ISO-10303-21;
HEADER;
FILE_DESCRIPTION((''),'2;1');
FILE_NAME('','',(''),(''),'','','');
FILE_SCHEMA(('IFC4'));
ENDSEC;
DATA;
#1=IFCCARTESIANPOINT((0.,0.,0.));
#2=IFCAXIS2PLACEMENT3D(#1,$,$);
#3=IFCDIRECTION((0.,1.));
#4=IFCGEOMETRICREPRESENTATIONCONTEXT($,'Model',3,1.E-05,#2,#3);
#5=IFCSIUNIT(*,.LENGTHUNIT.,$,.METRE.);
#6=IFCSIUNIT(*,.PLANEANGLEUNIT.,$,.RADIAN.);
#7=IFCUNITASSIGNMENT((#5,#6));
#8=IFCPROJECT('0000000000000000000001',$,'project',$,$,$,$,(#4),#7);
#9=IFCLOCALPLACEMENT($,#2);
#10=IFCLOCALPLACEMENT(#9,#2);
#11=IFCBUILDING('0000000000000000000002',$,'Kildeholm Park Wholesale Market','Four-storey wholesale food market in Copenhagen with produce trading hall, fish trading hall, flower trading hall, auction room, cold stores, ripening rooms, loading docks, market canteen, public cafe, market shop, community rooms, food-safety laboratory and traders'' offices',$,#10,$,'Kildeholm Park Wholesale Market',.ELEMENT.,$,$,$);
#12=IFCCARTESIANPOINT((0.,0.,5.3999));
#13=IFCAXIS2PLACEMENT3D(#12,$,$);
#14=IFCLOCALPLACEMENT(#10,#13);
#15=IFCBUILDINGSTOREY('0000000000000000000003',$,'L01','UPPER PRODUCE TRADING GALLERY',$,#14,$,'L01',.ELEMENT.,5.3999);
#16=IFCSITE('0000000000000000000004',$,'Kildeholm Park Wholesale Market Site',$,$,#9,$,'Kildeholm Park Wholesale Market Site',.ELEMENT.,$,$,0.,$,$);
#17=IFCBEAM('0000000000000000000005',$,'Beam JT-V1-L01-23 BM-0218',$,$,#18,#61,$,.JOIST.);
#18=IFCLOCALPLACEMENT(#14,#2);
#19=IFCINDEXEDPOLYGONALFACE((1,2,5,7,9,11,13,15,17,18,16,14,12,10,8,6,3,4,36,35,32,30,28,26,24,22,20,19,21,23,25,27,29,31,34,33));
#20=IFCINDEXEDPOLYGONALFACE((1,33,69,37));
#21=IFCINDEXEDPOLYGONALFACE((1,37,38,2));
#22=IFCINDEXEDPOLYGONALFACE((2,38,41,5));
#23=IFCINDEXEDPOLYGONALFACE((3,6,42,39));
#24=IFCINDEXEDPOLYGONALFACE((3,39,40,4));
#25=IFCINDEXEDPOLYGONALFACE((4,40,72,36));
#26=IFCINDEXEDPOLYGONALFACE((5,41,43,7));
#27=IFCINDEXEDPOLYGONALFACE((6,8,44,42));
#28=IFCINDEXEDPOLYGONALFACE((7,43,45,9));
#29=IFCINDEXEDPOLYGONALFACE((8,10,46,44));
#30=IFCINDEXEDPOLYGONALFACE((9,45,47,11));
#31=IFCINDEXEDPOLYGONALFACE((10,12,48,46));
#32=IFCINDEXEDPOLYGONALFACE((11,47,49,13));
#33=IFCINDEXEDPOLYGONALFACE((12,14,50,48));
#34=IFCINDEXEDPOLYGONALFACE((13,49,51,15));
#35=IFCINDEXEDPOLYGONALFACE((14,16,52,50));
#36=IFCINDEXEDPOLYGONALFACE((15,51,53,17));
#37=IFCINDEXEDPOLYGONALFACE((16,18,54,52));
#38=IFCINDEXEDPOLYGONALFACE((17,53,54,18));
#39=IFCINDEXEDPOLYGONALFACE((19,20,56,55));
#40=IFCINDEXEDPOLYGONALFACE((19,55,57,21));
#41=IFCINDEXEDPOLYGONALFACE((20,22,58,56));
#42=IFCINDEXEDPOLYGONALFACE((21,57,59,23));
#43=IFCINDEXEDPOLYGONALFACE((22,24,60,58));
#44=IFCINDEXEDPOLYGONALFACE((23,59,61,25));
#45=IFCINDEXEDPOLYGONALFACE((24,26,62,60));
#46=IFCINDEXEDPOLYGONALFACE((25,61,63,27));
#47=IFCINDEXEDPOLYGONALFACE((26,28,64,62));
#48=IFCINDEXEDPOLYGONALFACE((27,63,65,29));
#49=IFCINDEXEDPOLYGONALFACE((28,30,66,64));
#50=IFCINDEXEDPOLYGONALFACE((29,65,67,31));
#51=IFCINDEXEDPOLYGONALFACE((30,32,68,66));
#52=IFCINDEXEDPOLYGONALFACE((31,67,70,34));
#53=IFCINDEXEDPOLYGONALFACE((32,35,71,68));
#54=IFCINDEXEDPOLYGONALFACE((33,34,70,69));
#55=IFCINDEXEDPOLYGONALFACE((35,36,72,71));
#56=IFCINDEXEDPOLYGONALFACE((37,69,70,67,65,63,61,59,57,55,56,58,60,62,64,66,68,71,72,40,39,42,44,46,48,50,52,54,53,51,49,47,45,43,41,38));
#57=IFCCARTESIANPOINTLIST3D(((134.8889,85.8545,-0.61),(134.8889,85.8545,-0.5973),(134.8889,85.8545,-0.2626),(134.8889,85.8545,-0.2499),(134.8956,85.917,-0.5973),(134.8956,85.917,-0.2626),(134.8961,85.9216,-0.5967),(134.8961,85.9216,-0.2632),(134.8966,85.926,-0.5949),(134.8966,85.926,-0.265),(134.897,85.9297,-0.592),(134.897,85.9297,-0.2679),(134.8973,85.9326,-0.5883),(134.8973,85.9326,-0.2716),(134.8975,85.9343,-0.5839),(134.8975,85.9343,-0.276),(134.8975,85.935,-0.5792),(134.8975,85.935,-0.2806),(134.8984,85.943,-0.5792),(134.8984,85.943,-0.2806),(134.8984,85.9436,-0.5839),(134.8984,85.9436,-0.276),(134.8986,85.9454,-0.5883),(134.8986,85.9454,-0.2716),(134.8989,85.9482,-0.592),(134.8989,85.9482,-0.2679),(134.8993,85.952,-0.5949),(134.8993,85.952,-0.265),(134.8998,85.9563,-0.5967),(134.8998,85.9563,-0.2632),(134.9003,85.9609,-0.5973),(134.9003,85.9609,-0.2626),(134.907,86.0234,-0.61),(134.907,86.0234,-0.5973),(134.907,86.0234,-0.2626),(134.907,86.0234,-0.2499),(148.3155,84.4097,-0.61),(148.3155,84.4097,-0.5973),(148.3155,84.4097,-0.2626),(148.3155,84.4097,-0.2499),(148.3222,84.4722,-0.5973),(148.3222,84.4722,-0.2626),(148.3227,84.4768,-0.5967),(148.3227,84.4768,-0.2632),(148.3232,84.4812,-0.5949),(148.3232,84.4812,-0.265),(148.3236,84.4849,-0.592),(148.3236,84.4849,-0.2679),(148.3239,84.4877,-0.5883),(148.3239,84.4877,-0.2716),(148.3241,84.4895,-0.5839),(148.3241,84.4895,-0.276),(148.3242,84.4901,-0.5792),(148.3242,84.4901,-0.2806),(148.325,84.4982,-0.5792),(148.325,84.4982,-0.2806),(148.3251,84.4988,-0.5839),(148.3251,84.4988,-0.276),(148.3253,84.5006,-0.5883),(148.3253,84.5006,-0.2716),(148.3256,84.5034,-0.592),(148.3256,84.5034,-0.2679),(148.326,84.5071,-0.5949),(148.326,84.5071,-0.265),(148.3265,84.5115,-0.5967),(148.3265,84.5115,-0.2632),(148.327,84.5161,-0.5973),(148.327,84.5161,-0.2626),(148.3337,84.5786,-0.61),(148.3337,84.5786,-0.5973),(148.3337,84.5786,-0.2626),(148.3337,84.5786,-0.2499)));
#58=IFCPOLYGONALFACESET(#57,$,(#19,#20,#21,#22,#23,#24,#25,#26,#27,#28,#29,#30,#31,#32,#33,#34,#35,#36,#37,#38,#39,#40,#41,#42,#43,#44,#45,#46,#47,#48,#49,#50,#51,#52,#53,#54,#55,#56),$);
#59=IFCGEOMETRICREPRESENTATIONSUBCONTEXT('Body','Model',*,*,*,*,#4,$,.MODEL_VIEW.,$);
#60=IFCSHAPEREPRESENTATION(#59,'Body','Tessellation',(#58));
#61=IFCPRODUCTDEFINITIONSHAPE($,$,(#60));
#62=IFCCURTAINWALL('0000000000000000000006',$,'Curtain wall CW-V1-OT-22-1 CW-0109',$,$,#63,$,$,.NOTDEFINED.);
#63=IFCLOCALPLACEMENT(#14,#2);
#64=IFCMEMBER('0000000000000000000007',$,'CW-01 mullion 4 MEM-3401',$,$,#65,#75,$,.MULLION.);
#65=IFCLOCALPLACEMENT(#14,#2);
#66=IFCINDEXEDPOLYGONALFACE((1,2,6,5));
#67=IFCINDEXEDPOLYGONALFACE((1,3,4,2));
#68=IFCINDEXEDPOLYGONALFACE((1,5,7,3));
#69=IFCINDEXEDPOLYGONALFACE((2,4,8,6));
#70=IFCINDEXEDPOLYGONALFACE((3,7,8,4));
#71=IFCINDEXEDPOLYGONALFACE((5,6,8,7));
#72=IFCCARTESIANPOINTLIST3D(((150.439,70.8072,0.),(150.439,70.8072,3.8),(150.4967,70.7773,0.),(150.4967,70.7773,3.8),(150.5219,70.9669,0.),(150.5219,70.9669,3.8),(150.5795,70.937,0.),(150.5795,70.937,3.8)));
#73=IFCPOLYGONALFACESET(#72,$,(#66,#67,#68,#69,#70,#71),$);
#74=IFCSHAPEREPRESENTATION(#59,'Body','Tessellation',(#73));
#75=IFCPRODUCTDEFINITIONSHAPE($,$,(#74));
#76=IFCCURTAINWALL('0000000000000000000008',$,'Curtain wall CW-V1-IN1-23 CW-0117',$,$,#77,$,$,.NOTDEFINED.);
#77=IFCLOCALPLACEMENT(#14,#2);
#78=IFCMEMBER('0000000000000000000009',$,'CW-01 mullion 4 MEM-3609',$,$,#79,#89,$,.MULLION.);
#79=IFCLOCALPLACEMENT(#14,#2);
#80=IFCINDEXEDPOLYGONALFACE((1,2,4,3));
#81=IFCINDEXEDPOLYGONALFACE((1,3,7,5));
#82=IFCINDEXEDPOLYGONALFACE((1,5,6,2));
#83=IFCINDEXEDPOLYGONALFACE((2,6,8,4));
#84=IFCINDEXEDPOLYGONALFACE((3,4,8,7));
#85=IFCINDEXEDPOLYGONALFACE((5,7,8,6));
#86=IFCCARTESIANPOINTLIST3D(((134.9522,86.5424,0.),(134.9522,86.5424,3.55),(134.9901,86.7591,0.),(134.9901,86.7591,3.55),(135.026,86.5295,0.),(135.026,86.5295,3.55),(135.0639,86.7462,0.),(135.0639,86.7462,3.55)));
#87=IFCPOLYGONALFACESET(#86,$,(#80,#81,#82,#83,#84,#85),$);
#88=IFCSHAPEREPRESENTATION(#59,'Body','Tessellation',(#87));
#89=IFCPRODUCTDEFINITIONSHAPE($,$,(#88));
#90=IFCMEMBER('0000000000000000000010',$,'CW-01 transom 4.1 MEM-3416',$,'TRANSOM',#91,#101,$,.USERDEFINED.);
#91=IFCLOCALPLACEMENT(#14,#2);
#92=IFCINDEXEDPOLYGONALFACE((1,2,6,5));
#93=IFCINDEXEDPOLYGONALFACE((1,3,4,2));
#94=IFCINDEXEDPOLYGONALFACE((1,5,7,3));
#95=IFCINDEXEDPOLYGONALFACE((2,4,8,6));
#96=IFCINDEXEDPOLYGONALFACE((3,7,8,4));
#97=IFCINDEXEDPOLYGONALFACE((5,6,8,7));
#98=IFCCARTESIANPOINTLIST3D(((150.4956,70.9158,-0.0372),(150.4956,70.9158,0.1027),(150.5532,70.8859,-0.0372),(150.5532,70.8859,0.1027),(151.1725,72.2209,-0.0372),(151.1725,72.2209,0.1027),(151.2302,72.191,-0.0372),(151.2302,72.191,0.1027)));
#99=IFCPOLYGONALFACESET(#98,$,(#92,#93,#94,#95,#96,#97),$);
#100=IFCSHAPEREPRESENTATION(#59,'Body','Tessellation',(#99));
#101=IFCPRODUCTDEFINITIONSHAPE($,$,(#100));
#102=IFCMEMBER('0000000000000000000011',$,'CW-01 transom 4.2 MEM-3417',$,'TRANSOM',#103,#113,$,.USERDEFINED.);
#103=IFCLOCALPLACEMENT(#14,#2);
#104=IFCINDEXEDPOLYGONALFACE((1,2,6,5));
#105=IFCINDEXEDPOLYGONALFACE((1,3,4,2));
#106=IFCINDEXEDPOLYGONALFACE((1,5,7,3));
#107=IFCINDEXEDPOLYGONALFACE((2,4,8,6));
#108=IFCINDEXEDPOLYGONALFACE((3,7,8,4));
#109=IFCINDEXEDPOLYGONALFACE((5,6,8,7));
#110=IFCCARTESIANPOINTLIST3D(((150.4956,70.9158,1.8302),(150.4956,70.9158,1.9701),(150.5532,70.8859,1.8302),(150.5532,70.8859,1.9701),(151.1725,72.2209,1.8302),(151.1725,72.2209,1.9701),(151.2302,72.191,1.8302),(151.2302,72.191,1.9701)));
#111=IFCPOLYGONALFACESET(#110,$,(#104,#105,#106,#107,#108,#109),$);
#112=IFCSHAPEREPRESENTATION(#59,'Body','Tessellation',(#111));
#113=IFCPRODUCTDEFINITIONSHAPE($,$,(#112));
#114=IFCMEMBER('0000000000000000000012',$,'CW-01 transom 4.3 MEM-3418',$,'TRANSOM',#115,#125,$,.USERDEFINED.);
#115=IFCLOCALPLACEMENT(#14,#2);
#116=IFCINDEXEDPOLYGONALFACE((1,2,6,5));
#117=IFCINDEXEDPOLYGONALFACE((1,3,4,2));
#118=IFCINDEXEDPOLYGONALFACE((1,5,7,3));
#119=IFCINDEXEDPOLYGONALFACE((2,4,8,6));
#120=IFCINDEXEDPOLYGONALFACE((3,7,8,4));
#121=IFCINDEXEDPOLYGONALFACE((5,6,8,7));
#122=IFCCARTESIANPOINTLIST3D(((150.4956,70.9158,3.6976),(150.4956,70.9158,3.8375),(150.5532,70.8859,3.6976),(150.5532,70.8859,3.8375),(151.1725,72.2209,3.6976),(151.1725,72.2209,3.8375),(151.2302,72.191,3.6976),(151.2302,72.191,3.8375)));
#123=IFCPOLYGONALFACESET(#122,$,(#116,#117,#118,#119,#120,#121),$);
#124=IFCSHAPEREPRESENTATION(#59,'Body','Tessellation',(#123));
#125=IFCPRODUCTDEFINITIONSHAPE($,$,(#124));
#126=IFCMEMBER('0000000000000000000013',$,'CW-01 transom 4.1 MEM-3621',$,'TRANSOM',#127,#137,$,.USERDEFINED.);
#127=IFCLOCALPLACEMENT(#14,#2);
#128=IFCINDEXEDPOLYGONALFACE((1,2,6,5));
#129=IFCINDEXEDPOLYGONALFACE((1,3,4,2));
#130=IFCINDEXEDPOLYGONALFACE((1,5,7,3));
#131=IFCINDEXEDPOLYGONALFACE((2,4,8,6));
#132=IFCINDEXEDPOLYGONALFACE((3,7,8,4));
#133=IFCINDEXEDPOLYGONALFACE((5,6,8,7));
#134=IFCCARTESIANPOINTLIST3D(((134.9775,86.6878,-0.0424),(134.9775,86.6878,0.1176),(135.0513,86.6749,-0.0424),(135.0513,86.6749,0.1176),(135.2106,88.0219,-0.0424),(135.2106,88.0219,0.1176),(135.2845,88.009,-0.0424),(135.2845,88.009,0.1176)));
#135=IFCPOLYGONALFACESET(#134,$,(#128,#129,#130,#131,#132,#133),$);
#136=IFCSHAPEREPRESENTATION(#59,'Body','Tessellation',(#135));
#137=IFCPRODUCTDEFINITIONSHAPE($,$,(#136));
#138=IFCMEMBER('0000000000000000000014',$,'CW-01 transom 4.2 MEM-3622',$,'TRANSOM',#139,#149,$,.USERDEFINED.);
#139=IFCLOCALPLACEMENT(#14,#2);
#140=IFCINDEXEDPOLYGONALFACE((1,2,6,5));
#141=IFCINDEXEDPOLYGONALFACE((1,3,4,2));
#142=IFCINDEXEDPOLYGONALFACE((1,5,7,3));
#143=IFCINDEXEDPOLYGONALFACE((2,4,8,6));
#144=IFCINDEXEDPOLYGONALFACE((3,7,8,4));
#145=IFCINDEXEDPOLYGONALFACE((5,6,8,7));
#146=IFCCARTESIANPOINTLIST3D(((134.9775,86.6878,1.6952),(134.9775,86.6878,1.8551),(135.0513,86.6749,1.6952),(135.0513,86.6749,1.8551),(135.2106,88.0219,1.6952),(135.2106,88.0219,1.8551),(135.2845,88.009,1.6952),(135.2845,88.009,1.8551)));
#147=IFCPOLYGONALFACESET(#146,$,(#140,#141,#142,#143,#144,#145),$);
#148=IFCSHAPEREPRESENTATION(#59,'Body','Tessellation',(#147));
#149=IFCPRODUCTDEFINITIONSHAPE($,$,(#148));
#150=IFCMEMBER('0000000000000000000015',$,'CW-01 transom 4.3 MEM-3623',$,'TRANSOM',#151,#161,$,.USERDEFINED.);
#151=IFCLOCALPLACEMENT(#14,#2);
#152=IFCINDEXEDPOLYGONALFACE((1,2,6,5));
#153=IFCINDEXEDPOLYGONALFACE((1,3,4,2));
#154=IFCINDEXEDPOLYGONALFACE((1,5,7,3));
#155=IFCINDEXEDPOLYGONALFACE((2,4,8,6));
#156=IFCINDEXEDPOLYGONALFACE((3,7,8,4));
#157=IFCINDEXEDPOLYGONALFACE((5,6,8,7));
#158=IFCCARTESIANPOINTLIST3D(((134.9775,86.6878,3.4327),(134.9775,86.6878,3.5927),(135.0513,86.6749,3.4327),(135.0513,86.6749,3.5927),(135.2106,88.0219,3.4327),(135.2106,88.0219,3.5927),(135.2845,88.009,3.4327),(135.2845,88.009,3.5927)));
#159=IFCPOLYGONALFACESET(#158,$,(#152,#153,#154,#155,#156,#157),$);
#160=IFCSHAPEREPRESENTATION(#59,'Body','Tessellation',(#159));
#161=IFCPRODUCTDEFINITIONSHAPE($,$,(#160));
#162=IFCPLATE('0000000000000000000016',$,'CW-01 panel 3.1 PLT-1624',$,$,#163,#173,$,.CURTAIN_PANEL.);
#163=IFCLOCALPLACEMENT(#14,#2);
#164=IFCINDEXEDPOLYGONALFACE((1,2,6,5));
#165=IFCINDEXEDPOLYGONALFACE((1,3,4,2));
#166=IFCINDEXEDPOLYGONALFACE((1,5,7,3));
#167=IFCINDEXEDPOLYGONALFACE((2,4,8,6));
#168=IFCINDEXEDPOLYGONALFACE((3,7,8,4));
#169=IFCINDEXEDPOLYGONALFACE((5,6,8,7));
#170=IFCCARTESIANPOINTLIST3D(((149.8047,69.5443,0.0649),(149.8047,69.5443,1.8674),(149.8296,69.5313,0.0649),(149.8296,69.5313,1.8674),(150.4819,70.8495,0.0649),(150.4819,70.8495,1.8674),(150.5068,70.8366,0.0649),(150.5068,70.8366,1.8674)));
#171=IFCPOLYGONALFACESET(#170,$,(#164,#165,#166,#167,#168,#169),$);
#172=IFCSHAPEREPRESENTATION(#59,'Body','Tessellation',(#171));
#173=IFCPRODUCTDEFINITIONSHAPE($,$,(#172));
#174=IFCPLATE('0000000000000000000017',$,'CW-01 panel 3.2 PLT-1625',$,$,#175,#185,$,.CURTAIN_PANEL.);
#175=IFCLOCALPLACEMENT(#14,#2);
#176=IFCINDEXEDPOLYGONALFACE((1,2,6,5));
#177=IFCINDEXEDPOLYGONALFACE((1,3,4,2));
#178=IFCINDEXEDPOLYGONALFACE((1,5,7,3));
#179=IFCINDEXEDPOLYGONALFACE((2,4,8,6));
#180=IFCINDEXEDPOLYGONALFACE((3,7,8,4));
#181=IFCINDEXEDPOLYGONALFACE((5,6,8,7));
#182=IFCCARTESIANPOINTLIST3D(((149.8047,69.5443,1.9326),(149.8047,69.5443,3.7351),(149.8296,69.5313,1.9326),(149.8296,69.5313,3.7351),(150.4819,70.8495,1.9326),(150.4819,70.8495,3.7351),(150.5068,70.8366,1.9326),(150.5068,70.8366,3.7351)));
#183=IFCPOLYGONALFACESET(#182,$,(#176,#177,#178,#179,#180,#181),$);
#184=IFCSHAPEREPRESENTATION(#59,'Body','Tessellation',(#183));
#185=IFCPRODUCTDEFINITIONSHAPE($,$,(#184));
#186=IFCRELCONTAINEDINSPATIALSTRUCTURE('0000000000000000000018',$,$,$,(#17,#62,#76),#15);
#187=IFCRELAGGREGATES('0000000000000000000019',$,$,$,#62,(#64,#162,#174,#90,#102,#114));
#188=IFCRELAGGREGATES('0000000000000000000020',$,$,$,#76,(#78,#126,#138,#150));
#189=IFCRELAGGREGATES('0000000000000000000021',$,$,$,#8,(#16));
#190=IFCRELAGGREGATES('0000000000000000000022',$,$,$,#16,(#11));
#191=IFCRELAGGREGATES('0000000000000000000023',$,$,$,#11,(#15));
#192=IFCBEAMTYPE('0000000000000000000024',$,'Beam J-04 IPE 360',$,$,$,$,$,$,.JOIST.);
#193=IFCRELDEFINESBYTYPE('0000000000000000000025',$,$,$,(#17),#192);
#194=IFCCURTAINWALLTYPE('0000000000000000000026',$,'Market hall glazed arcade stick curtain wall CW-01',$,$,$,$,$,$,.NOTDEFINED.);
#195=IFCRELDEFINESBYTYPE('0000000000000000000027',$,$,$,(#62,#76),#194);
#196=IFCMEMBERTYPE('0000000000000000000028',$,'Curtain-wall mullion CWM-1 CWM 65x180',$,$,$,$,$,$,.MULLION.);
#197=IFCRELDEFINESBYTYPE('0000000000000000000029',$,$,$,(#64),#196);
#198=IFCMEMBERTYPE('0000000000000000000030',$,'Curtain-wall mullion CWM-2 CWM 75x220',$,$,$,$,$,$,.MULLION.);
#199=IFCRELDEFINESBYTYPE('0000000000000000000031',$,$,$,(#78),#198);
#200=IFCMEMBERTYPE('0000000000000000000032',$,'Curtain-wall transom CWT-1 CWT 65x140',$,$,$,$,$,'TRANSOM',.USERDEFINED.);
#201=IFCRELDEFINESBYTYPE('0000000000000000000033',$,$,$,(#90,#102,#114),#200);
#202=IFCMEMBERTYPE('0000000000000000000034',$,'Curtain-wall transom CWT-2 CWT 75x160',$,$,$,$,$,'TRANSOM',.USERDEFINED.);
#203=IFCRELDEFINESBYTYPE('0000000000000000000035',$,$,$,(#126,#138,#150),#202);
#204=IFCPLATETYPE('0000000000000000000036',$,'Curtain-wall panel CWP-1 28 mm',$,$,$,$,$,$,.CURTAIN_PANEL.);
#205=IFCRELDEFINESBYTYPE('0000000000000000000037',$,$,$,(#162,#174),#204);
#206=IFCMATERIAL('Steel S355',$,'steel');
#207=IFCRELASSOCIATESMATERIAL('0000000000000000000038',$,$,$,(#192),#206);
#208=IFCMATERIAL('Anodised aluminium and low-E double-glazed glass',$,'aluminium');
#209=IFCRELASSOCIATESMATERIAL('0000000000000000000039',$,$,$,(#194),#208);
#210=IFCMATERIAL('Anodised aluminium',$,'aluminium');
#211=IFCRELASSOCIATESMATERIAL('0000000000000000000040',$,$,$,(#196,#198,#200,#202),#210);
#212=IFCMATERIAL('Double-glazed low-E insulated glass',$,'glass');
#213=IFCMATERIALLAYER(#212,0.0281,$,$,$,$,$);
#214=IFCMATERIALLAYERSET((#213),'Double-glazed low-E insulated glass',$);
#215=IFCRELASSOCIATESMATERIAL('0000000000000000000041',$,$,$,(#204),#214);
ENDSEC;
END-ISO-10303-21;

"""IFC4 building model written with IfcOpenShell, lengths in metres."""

from ifc_helpers import new_model, si_unit, direction, frame, origin, origin_2d, place, context, subcontext, project, spatial, rectangle, i_section, extrude, material, layer, layer_set, material_profile, profile_set, type_object, element, aggregate, save


model = new_model("IFC4")

# Units and contexts
model_context = context("Model", 3, precision=1e-05, world=origin(), true_north=direction((0.0, 1.0)))
body_context = subcontext(model_context, "Body", "Model", "MODEL_VIEW")
ifc_project = project(units=[si_unit("LENGTHUNIT", "METRE"), si_unit("PLANEANGLEUNIT", "RADIAN")], contexts=[model_context])

# Site, building, storey
site_placement = place(None, origin())
site = spatial("IfcSite", under=ifc_project, at=site_placement, Name="Kildeholm Park Wholesale Market Site", LongName="Kildeholm Park Wholesale Market Site", CompositionType="ELEMENT", RefElevation=0.0)
building_placement = place(site_placement, origin())
building = spatial("IfcBuilding", under=site, at=building_placement, Name="Kildeholm Park Wholesale Market", Description="Four-storey wholesale food market in Copenhagen with produce trading hall, fish trading hall, flower trading hall, auction room, cold stores, ripening rooms, loading docks, market canteen, public cafe, market shop, community rooms, food-safety laboratory and traders' offices", LongName="Kildeholm Park Wholesale Market", CompositionType="ELEMENT")
storey_placement = place(building_placement, frame((0.0, 0.0, 5.3999)))
storey = spatial("IfcBuildingStorey", under=building, at=storey_placement, Name="L01", Description="UPPER PRODUCE TRADING GALLERY", LongName="L01", CompositionType="ELEMENT", Elevation=5.3999)

# Shared definitions
ifc_material_1 = material(Name="Steel S355", Category="steel")

# Beam
ifc_material_profile_1 = material_profile(ifc_material_1, i_section(OverallWidth=0.1699, OverallDepth=0.3601, WebThickness=0.0081, FlangeThickness=0.0127, FilletRadius=0.0181, at=origin_2d()), Name="IPE 360")
ifc_profile_set_1 = profile_set([ifc_material_profile_1], Name="Steel S355")
beam_type_1 = type_object("IfcBeamType", Name="Beam J-04 IPE 360", PredefinedType="JOIST", material=ifc_profile_set_1)
beam_1_placement = place(storey_placement, frame((134.8979, 85.939, -0.4299), z_axis=(0.99426, -0.10699, 0.0), x_axis=(0.10699, 0.99426, 0.0)))
element("IfcBeam", 1, at=beam_1_placement, inside=storey, type_object=beam_type_1, Name="Beam JT-V1-L01-23 BM-0218", PredefinedType="JOIST", context=body_context, shape_type="SweptSolid", body=[
    extrude(i_section(OverallWidth=0.1699, OverallDepth=0.3601, WebThickness=0.0081, FlangeThickness=0.0127, FilletRadius=0.0181, at=origin_2d()), origin(), (0.0, 0.0, 1.0), 13.5042),
])

# Curtain walls, members
ifc_material_2 = material(Name="Anodised aluminium and low-E double-glazed glass", Category="aluminium")
curtain_wall_type = type_object("IfcCurtainWallType", Name="Market hall glazed arcade stick curtain wall CW-01", PredefinedType="NOTDEFINED", material=ifc_material_2)
curtain_wall_1_placement = place(storey_placement, origin())
curtain_wall_1 = element("IfcCurtainWall", 2, at=curtain_wall_1_placement, inside=storey, type_object=curtain_wall_type, Name="Curtain wall CW-V1-OT-22-1 CW-0109", PredefinedType="NOTDEFINED")
ifc_material_3 = material(Name="Anodised aluminium", Category="aluminium")
ifc_material_profile_2 = material_profile(ifc_material_3, rectangle(XDim=0.0649, YDim=0.1799, at=origin_2d()), Name="CWM 65x180")
ifc_profile_set_2 = profile_set([ifc_material_profile_2], Name="Anodised aluminium")
member_type_1 = type_object("IfcMemberType", Name="Curtain-wall mullion CWM-1 CWM 65x180", PredefinedType="MULLION", material=ifc_profile_set_2)
member_1_placement = place(storey_placement, frame((150.5093, 70.8721, 0.0), z_axis=(0.0, 0.0, 1.0), x_axis=(-0.887652, 0.460514, 0.0)))
member_1 = element("IfcMember", 3, at=member_1_placement, type_object=member_type_1, Name="CW-01 mullion 4 MEM-3401", PredefinedType="MULLION", context=body_context, shape_type="SweptSolid", body=[
    extrude(rectangle(XDim=0.0649, YDim=0.1799, at=origin_2d()), origin(), (0.0, 0.0, 1.0), 3.8),
])
curtain_wall_2_placement = place(storey_placement, origin())
curtain_wall_2 = element("IfcCurtainWall", 4, at=curtain_wall_2_placement, inside=storey, type_object=curtain_wall_type, Name="Curtain wall CW-V1-IN1-23 CW-0117", PredefinedType="NOTDEFINED")
ifc_material_profile_3 = material_profile(ifc_material_3, rectangle(XDim=0.075, YDim=0.22, at=origin_2d()), Name="CWM 75x220")
ifc_profile_set_3 = profile_set([ifc_material_profile_3], Name="Anodised aluminium")
member_type_2 = type_object("IfcMemberType", Name="Curtain-wall mullion CWM-2 CWM 75x220", PredefinedType="MULLION", material=ifc_profile_set_3)
member_2_placement = place(storey_placement, frame((135.0081, 86.6443, 0.0), z_axis=(0.0, 0.0, 1.0), x_axis=(-0.985074, 0.172133, 0.0)))
member_2 = element("IfcMember", 5, at=member_2_placement, type_object=member_type_2, Name="CW-01 mullion 4 MEM-3609", PredefinedType="MULLION", context=body_context, shape_type="SweptSolid", body=[
    extrude(rectangle(XDim=0.075, YDim=0.22, at=origin_2d()), origin(), (0.0, 0.0, 1.0), 3.55),
])

# Members
ifc_material_profile_4 = material_profile(ifc_material_3, rectangle(XDim=0.0649, YDim=0.1399, at=origin_2d()), Name="CWT 65x140")
ifc_profile_set_4 = profile_set([ifc_material_profile_4], Name="Anodised aluminium")
member_type_3 = type_object("IfcMemberType", Name="Curtain-wall transom CWT-1 CWT 65x140", ElementType="TRANSOM", PredefinedType="USERDEFINED", material=ifc_profile_set_4)
member_3_placement = place(storey_placement, frame((150.5244, 70.9009, 0.0327), z_axis=(0.460448, 0.887687, 0.0), x_axis=(-0.887687, 0.460448, 0.0)))
member_3 = element("IfcMember", 6, at=member_3_placement, type_object=member_type_3, Name="CW-01 transom 4.1 MEM-3416", ObjectType="TRANSOM", PredefinedType="USERDEFINED", context=body_context, shape_type="SweptSolid", body=[
    extrude(rectangle(XDim=0.0649, YDim=0.1399, at=origin_2d()), origin(), (0.0, 0.0, 1.0), 1.4702),
])
member_4_placement = place(storey_placement, frame((150.5244, 70.9009, 1.9001), z_axis=(0.460448, 0.887687, 0.0), x_axis=(-0.887687, 0.460448, 0.0)))
member_4 = element("IfcMember", 7, at=member_4_placement, type_object=member_type_3, Name="CW-01 transom 4.2 MEM-3417", ObjectType="TRANSOM", PredefinedType="USERDEFINED", context=body_context, shape_type="SweptSolid", body=[
    extrude(rectangle(XDim=0.0649, YDim=0.1399, at=origin_2d()), origin(), (0.0, 0.0, 1.0), 1.4702),
])
member_5_placement = place(storey_placement, frame((150.5244, 70.9009, 3.7676), z_axis=(0.460448, 0.887687, 0.0), x_axis=(-0.887687, 0.460448, 0.0)))
member_5 = element("IfcMember", 8, at=member_5_placement, type_object=member_type_3, Name="CW-01 transom 4.3 MEM-3418", ObjectType="TRANSOM", PredefinedType="USERDEFINED", context=body_context, shape_type="SweptSolid", body=[
    extrude(rectangle(XDim=0.0649, YDim=0.1399, at=origin_2d()), origin(), (0.0, 0.0, 1.0), 1.4702),
])
ifc_material_profile_5 = material_profile(ifc_material_3, rectangle(XDim=0.075, YDim=0.1599, at=origin_2d()), Name="CWT 75x160")
ifc_profile_set_5 = profile_set([ifc_material_profile_5], Name="Anodised aluminium")
member_type_4 = type_object("IfcMemberType", Name="Curtain-wall transom CWT-2 CWT 75x160", ElementType="TRANSOM", PredefinedType="USERDEFINED", material=ifc_profile_set_5)
member_6_placement = place(storey_placement, frame((135.0144, 86.6814, 0.0376), z_axis=(0.17217, 0.985067, 0.0), x_axis=(-0.985067, 0.17217, 0.0)))
member_6 = element("IfcMember", 9, at=member_6_placement, type_object=member_type_4, Name="CW-01 transom 4.1 MEM-3621", ObjectType="TRANSOM", PredefinedType="USERDEFINED", context=body_context, shape_type="SweptSolid", body=[
    extrude(rectangle(XDim=0.075, YDim=0.1599, at=origin_2d()), origin(), (0.0, 0.0, 1.0), 1.3542),
])
member_7_placement = place(storey_placement, frame((135.0144, 86.6814, 1.7751), z_axis=(0.17217, 0.985067, 0.0), x_axis=(-0.985067, 0.17217, 0.0)))
member_7 = element("IfcMember", 10, at=member_7_placement, type_object=member_type_4, Name="CW-01 transom 4.2 MEM-3622", ObjectType="TRANSOM", PredefinedType="USERDEFINED", context=body_context, shape_type="SweptSolid", body=[
    extrude(rectangle(XDim=0.075, YDim=0.1599, at=origin_2d()), origin(), (0.0, 0.0, 1.0), 1.3542),
])
member_8_placement = place(storey_placement, frame((135.0144, 86.6814, 3.5127), z_axis=(0.17217, 0.985067, 0.0), x_axis=(-0.985067, 0.17217, 0.0)))
member_8 = element("IfcMember", 11, at=member_8_placement, type_object=member_type_4, Name="CW-01 transom 4.3 MEM-3623", ObjectType="TRANSOM", PredefinedType="USERDEFINED", context=body_context, shape_type="SweptSolid", body=[
    extrude(rectangle(XDim=0.075, YDim=0.1599, at=origin_2d()), origin(), (0.0, 0.0, 1.0), 1.3542),
])

# Plates
ifc_material_4 = material(Name="Double-glazed low-E insulated glass", Category="glass")
ifc_layer_1 = layer(ifc_material_4, 0.0281)
ifc_layer_set_1 = layer_set([ifc_layer_1], Name="Double-glazed low-E insulated glass")
plate_type = type_object("IfcPlateType", Name="Curtain-wall panel CWP-1 28 mm", PredefinedType="CURTAIN_PANEL", material=ifc_layer_set_1)
plate_1_placement = place(storey_placement, frame((150.1558, 70.1904, 0.0649), z_axis=(0.0, 0.0, 1.0), x_axis=(0.460514, 0.887652, 0.0)))
plate_1 = element("IfcPlate", 12, at=plate_1_placement, type_object=plate_type, Name="CW-01 panel 3.1 PLT-1624", PredefinedType="CURTAIN_PANEL", context=body_context, shape_type="SweptSolid", body=[
    extrude(rectangle(XDim=1.4705, YDim=0.0281, at=origin_2d()), origin(), (0.0, 0.0, 1.0), 1.8025),
])
plate_2_placement = place(storey_placement, frame((150.1558, 70.1904, 1.9326), z_axis=(0.0, 0.0, 1.0), x_axis=(0.460514, 0.887652, 0.0)))
plate_2 = element("IfcPlate", 13, at=plate_2_placement, type_object=plate_type, Name="CW-01 panel 3.2 PLT-1625", PredefinedType="CURTAIN_PANEL", context=body_context, shape_type="SweptSolid", body=[
    extrude(rectangle(XDim=1.4705, YDim=0.0281, at=origin_2d()), origin(), (0.0, 0.0, 1.0), 1.8025),
])
aggregate(curtain_wall_1, [member_1, plate_1, plate_2, member_3, member_4, member_5])
aggregate(curtain_wall_2, [member_2, member_6, member_7, member_8])

save(model, "model.ifc")
